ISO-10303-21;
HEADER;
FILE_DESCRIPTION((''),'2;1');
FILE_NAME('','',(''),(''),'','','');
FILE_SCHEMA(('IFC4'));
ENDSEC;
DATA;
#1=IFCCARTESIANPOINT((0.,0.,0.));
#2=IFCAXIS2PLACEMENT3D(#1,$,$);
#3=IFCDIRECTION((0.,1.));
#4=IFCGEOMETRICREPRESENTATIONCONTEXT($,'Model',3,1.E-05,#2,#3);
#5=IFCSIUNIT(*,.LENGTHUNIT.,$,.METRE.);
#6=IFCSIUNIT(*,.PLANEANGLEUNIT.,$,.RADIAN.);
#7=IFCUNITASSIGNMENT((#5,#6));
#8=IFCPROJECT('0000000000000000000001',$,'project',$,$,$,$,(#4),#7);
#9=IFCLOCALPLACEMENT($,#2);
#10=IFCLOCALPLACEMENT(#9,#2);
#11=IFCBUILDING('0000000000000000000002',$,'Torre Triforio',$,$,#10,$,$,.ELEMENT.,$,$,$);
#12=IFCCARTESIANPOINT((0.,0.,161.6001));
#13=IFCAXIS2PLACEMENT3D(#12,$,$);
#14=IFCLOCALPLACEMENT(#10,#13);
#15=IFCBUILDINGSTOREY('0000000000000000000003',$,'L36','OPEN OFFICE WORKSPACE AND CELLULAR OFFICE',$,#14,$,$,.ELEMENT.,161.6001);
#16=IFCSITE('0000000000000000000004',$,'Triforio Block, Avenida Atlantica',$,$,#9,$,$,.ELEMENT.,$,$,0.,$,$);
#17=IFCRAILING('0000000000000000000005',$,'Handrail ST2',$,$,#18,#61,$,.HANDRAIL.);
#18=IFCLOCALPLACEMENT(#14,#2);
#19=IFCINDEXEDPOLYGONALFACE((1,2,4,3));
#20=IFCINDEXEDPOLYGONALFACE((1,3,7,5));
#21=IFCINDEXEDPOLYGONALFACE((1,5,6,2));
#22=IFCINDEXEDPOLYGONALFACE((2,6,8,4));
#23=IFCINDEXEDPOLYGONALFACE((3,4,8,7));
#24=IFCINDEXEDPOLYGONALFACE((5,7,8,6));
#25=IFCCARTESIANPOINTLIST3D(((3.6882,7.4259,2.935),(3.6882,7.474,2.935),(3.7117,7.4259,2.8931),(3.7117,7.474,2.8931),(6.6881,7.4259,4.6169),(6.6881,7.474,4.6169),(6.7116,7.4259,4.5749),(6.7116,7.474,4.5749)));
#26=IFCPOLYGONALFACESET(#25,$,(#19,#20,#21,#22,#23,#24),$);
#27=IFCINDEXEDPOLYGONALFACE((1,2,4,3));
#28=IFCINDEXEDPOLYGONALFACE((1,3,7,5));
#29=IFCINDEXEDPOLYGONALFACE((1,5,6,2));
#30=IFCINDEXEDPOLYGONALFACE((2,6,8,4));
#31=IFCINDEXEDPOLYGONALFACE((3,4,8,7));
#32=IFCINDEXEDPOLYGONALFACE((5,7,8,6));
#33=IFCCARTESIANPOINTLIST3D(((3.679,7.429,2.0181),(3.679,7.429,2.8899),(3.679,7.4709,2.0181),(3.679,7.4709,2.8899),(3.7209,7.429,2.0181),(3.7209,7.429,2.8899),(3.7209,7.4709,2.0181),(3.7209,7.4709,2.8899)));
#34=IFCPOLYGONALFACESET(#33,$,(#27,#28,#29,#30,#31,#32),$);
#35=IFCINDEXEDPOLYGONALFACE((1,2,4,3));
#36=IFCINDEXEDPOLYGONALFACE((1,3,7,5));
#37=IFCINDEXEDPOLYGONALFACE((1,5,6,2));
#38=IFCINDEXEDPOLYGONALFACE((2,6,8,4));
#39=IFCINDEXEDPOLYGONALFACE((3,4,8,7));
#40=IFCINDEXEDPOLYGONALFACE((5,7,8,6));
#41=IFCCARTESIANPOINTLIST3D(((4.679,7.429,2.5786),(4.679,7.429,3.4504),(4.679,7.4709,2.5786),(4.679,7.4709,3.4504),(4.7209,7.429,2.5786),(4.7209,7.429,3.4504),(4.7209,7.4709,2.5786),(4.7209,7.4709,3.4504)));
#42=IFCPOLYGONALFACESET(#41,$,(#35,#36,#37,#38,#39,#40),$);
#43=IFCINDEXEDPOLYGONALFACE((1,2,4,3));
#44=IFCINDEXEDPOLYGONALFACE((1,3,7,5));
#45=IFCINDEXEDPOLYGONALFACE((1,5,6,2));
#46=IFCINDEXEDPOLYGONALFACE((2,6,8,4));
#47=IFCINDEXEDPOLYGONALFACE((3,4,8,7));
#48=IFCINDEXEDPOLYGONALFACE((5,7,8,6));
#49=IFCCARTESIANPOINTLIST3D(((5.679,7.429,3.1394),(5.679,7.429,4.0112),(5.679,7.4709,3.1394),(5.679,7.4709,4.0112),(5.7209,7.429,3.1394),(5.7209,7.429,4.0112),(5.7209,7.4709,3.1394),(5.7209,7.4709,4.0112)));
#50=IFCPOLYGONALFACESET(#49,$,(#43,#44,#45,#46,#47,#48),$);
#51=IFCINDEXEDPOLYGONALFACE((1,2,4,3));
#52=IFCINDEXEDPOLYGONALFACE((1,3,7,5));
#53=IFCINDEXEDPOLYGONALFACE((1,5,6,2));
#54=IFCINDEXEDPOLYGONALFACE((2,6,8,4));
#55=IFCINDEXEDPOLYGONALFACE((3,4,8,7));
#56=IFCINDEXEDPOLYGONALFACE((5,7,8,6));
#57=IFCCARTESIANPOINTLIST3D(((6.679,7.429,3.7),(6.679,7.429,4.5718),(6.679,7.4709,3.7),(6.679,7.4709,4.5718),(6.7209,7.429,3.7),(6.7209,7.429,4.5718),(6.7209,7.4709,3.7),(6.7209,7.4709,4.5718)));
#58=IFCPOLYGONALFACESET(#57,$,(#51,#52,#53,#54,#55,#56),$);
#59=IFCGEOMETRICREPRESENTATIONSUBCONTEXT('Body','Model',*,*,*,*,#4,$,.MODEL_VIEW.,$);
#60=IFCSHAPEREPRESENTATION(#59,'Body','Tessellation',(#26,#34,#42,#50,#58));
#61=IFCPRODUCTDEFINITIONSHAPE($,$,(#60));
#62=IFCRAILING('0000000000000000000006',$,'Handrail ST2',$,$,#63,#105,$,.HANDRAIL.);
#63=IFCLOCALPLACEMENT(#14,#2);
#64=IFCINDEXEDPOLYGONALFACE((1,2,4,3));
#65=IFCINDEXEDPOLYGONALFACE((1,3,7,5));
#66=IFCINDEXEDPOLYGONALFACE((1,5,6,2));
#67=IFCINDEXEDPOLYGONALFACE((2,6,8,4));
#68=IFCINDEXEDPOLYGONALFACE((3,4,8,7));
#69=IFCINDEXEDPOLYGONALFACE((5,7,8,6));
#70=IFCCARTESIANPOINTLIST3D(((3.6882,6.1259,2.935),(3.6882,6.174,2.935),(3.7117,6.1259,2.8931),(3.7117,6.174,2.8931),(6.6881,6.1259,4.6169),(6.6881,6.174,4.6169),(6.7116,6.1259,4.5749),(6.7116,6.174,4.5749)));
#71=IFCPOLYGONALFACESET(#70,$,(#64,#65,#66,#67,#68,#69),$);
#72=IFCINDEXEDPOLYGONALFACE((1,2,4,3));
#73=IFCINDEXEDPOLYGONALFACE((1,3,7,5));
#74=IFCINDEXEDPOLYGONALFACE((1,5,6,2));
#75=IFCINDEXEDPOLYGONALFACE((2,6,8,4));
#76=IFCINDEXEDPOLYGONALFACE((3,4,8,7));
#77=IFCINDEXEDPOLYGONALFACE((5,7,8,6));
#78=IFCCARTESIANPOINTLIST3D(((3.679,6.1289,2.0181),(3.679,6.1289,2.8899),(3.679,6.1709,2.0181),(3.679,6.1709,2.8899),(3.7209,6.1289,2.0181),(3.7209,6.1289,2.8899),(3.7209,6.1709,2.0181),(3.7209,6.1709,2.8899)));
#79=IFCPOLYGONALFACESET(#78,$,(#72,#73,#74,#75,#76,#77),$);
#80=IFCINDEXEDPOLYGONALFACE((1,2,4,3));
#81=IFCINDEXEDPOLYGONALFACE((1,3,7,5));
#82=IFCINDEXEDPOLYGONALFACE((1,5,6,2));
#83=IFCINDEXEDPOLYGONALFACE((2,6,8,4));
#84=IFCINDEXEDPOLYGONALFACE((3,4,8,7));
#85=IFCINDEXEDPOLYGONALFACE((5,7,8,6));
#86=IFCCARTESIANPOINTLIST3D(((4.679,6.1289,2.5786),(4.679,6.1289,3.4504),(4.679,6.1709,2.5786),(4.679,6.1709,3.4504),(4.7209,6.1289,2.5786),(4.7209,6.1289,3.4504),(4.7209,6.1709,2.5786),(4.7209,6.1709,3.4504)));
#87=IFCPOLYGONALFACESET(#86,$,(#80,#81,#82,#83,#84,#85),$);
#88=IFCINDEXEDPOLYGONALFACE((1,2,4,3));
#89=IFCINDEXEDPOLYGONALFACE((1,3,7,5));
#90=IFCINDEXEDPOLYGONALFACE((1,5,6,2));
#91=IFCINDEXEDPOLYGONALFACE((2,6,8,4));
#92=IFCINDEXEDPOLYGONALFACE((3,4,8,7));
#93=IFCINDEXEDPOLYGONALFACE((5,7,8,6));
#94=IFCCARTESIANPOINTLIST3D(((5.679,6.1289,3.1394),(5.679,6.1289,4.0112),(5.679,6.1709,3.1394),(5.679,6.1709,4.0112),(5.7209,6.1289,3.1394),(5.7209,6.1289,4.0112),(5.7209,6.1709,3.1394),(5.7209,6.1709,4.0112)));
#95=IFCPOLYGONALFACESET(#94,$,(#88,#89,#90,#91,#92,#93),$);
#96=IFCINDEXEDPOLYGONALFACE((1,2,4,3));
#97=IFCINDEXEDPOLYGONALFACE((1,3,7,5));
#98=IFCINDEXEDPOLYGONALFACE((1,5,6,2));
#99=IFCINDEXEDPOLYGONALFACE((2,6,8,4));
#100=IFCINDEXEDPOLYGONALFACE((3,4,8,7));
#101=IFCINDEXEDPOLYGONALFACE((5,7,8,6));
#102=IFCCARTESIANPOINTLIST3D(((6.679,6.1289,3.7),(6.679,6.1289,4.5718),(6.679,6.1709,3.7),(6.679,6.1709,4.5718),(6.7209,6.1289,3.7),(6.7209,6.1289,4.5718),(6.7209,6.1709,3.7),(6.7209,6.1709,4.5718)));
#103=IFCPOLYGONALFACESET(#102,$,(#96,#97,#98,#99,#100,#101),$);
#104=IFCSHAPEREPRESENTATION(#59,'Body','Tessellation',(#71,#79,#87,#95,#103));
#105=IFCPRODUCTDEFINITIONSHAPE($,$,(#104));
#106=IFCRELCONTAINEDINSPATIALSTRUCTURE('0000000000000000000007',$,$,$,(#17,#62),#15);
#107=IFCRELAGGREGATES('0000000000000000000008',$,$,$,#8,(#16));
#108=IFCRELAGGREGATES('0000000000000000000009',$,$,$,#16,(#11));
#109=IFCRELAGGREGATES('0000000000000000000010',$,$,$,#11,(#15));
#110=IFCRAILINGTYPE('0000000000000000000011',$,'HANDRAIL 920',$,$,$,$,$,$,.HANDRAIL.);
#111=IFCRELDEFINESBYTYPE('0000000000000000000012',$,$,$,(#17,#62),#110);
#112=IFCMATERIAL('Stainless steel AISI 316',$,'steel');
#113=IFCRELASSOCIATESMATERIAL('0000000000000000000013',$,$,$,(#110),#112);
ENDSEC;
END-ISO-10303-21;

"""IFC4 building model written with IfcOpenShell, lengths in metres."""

from ifc_helpers import new_model, si_unit, direction, frame, origin, origin_2d, place, context, subcontext, project, spatial, rectangle, extrude, material, type_object, element, save


model = new_model("IFC4")

# Units and contexts
model_context = context("Model", 3, precision=1e-05, world=origin(), true_north=direction((0.0, 1.0)))
body_context = subcontext(model_context, "Body", "Model", "MODEL_VIEW")
ifc_project = project(units=[si_unit("LENGTHUNIT", "METRE"), si_unit("PLANEANGLEUNIT", "RADIAN")], contexts=[model_context])

# Site, building, storey
site_placement = place(None, origin())
site = spatial("IfcSite", under=ifc_project, at=site_placement, Name="Triforio Block, Avenida Atlantica", CompositionType="ELEMENT", RefElevation=0.0)
building_placement = place(site_placement, origin())
building = spatial("IfcBuilding", under=site, at=building_placement, Name="Torre Triforio", CompositionType="ELEMENT")
storey_placement = place(building_placement, frame((0.0, 0.0, 161.6001)))
storey = spatial("IfcBuildingStorey", under=building, at=storey_placement, Name="L36", Description="OPEN OFFICE WORKSPACE AND CELLULAR OFFICE", CompositionType="ELEMENT", Elevation=161.6001)

# Railings
ifc_material_1 = material(Name="Stainless steel AISI 316", Category="steel")
railing_type = type_object("IfcRailingType", Name="HANDRAIL 920", PredefinedType="HANDRAIL", material=ifc_material_1)
for number, where, name in (
    (1, (3.7, 7.45, 2.0181), "Handrail ST2"),
    (2, (3.7, 6.1499, 2.0181), "Handrail ST2"),
):
    element("IfcRailing", number, at=place(storey_placement, frame(where)), inside=storey, type_object=railing_type, Name=name, PredefinedType="HANDRAIL", context=body_context, shape_type="SweptSolid", body=[
        extrude(rectangle(XDim=0.0481, YDim=0.0481, at=origin_2d()), frame((0.0, 0.0, 0.896), z_axis=(0.872272, 0.0, 0.48902), x_axis=(0.0, 1.0, 0.0)), (0.0, 0.0, 1.0), 3.4392),
        extrude(rectangle(XDim=0.042, YDim=0.042, at=origin_2d()), origin(), (0.0, 0.0, 1.0), 0.8718),
        extrude(rectangle(XDim=0.042, YDim=0.042, at=origin_2d()), frame((1.0, 0.0, 0.5605)), (0.0, 0.0, 1.0), 0.8718),
        extrude(rectangle(XDim=0.042, YDim=0.042, at=origin_2d()), frame((2.0, 0.0, 1.1213)), (0.0, 0.0, 1.0), 0.8718),
        extrude(rectangle(XDim=0.042, YDim=0.042, at=origin_2d()), frame((3.0, 0.0, 1.6819)), (0.0, 0.0, 1.0), 0.8718),
    ])

save(model, "model.ifc")
